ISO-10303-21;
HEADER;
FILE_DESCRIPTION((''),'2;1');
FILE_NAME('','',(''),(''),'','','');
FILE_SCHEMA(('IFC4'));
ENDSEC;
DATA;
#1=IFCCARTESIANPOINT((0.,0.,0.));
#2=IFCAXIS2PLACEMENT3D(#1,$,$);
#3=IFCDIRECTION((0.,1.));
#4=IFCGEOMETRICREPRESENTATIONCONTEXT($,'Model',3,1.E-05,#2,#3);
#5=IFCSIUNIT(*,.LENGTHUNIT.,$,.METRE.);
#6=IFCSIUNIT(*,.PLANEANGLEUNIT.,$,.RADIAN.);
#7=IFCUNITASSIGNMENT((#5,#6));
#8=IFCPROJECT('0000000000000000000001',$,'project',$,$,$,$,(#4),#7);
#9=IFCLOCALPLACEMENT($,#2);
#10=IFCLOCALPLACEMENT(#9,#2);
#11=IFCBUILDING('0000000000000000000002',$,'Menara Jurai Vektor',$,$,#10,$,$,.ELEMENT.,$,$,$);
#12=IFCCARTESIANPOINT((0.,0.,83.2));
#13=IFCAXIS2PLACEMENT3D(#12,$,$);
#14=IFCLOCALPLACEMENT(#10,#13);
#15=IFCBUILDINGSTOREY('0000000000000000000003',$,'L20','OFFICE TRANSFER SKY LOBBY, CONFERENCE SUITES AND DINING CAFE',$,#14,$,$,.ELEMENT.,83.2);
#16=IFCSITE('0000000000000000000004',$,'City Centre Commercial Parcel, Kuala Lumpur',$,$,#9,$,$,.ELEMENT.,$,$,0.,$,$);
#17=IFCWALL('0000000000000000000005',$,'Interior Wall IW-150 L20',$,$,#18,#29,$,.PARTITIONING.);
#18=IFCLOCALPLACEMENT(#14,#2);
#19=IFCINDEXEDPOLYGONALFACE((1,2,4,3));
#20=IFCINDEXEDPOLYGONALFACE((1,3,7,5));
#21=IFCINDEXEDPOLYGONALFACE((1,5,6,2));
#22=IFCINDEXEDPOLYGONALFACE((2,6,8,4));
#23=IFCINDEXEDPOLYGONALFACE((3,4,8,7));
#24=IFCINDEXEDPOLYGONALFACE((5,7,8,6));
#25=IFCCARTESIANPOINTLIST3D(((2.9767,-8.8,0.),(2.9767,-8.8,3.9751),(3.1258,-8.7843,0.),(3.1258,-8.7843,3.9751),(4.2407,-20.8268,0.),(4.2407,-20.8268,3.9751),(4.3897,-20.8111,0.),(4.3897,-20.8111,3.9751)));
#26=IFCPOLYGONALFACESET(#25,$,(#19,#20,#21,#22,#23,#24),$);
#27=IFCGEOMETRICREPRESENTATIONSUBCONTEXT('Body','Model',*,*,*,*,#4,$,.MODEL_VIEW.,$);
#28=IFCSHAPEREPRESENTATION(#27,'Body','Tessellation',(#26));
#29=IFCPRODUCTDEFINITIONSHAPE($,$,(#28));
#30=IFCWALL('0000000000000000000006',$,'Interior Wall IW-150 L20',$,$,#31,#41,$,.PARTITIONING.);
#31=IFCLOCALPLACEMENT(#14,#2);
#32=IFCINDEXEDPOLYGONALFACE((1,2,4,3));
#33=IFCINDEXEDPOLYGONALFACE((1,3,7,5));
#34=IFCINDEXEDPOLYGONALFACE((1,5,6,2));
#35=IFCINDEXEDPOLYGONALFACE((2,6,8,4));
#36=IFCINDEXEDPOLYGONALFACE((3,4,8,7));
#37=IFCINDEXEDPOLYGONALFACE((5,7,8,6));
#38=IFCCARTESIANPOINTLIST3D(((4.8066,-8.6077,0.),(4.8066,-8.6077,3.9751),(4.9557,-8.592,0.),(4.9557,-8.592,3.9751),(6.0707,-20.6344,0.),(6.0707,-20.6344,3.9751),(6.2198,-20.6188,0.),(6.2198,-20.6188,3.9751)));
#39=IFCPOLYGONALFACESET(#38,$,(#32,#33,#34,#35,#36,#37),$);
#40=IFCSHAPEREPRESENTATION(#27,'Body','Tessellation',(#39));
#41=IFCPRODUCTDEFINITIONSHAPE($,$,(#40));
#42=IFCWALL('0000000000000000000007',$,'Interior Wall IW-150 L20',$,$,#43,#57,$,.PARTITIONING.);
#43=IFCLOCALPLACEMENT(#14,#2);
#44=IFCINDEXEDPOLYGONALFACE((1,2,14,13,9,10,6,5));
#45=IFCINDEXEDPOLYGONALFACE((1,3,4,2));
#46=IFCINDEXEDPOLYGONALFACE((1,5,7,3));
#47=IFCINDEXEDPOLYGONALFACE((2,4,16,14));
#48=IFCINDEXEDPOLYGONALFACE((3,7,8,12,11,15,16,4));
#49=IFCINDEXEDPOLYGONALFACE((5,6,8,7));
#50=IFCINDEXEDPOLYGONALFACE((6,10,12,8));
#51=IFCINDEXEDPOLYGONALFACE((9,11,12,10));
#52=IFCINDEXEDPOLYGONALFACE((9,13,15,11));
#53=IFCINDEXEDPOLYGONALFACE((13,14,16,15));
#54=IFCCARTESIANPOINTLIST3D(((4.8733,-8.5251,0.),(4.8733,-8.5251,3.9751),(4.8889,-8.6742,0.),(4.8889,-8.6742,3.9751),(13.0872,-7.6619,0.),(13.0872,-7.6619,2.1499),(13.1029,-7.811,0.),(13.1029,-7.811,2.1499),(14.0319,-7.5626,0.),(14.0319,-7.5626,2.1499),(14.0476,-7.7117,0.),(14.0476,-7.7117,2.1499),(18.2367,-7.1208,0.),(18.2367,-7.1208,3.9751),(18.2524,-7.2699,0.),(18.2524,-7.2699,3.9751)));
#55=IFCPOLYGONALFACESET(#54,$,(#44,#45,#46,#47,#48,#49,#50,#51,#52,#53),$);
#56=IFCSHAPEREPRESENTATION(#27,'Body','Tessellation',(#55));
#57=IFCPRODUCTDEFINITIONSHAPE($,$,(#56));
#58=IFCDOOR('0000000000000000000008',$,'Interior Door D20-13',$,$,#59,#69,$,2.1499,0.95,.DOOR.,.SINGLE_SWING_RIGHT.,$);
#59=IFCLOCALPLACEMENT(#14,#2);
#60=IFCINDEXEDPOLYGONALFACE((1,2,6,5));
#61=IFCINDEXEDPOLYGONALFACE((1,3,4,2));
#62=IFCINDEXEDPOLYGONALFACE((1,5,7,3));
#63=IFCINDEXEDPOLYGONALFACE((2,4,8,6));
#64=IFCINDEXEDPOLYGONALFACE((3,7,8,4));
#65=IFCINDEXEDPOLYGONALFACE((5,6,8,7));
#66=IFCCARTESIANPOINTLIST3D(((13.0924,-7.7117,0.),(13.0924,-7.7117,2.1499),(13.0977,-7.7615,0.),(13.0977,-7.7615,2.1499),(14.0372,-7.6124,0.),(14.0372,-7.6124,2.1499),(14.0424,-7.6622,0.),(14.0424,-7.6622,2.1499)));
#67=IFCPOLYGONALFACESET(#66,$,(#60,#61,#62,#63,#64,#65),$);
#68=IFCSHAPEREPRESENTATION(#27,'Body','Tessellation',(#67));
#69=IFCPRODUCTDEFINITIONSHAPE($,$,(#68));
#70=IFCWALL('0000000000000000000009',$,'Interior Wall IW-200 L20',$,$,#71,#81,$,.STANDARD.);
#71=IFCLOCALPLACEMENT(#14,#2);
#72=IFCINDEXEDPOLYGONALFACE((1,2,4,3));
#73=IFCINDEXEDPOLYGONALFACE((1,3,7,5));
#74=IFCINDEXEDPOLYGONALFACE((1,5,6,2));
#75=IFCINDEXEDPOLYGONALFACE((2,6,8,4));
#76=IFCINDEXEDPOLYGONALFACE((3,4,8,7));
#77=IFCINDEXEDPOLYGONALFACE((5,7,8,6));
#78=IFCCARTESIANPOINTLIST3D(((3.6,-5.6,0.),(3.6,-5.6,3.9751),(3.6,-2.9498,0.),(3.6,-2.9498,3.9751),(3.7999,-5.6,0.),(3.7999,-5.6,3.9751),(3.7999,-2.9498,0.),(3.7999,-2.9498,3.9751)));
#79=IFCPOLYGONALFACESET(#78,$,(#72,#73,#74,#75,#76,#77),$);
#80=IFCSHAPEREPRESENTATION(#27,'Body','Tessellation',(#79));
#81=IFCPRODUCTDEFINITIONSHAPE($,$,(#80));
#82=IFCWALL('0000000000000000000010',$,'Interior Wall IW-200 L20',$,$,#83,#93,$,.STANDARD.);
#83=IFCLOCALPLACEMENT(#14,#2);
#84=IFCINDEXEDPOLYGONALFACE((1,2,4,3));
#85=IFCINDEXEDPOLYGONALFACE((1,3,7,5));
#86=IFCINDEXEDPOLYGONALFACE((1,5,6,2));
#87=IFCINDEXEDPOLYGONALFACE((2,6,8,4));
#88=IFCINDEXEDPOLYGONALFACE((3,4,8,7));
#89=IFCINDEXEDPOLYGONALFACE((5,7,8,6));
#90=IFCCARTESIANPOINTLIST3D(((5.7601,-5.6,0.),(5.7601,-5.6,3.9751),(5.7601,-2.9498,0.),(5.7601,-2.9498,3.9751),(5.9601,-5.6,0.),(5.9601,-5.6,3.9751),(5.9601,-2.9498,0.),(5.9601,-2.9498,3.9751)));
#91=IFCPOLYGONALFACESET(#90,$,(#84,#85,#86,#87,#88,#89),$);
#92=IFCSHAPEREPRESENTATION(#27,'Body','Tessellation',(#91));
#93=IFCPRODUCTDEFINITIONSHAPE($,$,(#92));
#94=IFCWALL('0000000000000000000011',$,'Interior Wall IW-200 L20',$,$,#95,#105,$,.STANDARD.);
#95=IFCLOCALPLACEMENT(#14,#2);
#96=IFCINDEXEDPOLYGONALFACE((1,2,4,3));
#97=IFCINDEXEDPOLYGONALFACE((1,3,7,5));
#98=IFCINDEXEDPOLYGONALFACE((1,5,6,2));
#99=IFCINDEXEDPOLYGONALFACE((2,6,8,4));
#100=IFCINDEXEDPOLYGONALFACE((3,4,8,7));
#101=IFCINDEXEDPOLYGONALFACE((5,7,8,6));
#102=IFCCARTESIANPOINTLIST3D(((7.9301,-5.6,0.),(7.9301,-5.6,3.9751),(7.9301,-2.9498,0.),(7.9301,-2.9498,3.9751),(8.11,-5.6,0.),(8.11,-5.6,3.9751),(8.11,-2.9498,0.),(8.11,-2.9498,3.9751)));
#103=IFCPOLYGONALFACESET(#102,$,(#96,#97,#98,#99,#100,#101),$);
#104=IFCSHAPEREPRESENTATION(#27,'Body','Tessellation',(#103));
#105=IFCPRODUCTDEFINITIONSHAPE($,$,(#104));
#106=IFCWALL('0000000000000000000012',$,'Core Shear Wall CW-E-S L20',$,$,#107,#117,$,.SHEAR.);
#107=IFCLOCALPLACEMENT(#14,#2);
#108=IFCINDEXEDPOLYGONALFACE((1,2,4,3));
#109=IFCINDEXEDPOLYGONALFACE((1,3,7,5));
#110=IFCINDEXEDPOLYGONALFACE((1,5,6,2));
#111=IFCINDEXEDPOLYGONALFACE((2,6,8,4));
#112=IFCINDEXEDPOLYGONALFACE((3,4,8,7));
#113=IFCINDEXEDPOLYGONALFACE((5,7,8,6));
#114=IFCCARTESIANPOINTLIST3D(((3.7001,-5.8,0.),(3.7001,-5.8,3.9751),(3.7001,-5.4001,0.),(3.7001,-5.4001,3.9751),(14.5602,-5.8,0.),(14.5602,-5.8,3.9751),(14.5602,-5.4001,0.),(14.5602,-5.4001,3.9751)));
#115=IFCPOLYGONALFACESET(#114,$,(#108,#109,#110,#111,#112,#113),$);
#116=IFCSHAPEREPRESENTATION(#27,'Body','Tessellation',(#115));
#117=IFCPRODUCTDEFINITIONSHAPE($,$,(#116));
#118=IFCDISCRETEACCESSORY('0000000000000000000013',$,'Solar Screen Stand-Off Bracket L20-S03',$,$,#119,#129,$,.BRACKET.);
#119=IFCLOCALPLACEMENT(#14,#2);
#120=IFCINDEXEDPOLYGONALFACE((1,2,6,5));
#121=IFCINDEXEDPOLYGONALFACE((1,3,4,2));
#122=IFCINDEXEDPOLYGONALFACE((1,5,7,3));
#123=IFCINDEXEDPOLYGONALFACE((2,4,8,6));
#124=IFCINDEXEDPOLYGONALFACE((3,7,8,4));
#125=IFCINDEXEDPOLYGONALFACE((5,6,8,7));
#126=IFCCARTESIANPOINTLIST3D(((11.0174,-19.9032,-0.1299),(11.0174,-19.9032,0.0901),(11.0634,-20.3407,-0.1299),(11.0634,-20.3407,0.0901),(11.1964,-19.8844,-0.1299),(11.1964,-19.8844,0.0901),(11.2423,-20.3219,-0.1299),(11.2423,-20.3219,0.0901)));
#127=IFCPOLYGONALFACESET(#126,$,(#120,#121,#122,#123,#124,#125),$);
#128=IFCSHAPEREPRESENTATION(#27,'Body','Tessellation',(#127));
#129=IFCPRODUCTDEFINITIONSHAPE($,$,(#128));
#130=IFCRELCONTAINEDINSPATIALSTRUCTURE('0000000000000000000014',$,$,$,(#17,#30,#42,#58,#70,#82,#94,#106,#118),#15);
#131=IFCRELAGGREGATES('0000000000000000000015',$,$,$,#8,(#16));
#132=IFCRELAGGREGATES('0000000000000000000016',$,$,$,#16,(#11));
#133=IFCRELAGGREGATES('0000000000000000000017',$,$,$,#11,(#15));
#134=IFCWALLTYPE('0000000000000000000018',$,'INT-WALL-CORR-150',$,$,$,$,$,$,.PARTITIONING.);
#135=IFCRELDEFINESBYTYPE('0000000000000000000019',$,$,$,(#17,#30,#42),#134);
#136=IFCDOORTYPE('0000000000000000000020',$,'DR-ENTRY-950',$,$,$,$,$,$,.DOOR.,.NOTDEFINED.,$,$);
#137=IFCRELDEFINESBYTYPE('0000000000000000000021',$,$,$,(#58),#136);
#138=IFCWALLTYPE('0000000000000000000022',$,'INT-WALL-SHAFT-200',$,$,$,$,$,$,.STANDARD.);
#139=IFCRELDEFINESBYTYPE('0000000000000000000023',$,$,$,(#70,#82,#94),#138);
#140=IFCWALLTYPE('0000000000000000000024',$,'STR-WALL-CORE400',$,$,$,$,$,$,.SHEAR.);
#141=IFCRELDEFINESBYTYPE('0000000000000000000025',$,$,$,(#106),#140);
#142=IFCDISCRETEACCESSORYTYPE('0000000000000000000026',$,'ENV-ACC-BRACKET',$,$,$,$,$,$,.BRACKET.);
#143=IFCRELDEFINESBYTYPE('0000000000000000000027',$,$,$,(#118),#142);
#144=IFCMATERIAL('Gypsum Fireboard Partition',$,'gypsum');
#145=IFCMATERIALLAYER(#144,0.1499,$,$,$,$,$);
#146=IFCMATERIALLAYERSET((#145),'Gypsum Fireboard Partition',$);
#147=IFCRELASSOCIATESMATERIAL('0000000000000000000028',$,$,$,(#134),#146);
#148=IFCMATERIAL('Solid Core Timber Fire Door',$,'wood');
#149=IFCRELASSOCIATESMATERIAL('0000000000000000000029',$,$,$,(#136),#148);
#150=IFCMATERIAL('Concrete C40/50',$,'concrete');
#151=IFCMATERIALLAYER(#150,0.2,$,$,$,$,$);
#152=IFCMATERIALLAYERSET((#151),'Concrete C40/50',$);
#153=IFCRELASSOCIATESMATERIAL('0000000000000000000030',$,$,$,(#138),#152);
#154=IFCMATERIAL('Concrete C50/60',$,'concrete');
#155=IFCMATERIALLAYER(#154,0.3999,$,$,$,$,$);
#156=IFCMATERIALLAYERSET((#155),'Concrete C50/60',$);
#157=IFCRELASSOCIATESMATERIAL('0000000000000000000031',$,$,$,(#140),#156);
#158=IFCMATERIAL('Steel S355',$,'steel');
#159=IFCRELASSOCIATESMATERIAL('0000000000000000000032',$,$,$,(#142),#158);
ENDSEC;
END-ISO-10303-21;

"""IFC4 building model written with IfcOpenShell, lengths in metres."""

from ifc_helpers import new_model, si_unit, direction, frame, frame_2d, origin, origin_2d, place, context, subcontext, project, spatial, rectangle, extrude, material, layer, layer_set, type_object, element, fill, save


model = new_model("IFC4")

# Units and contexts
model_context = context("Model", 3, precision=1e-05, world=origin(), true_north=direction((0.0, 1.0)))
body_context = subcontext(model_context, "Body", "Model", "MODEL_VIEW")
ifc_project = project(units=[si_unit("LENGTHUNIT", "METRE"), si_unit("PLANEANGLEUNIT", "RADIAN")], contexts=[model_context])

# Site, building, storey
site_placement = place(None, origin())
site = spatial("IfcSite", under=ifc_project, at=site_placement, Name="City Centre Commercial Parcel, Kuala Lumpur", CompositionType="ELEMENT", RefElevation=0.0)
building_placement = place(site_placement, origin())
building = spatial("IfcBuilding", under=site, at=building_placement, Name="Menara Jurai Vektor", CompositionType="ELEMENT")
storey_placement = place(building_placement, frame((0.0, 0.0, 83.2)))
storey = spatial("IfcBuildingStorey", under=building, at=storey_placement, Name="L20", Description="OFFICE TRANSFER SKY LOBBY, CONFERENCE SUITES AND DINING CAFE", CompositionType="ELEMENT", Elevation=83.2)

# Shared definitions
ifc_material_1 = material(Name="Concrete C50/60", Category="concrete")

# Shared definitions
ifc_material_2 = material(Name="Steel S355", Category="steel")

# Walls
ifc_material_3 = material(Name="Gypsum Fireboard Partition", Category="gypsum")
ifc_layer_1 = layer(ifc_material_3, 0.1499)
ifc_layer_set_1 = layer_set([ifc_layer_1], Name="Gypsum Fireboard Partition")
wall_type_1 = type_object("IfcWallType", Name="INT-WALL-CORR-150", PredefinedType="PARTITIONING", material=ifc_layer_set_1)
for number, where, z_axis, x_axis, name in (
    (1, (4.3152, -20.8188, 0.0), (0.0, 0.0, 1.0), (-0.104516, 0.994523, 0.0), "Interior Wall IW-150 L20"),
    (2, (6.1453, -20.6265, 0.0), (0.0, 0.0, 1.0), (-0.104536, 0.994521, 0.0), "Interior Wall IW-150 L20"),
):
    element("IfcWall", number, at=place(storey_placement, frame(where, z_axis=z_axis, x_axis=x_axis)), inside=storey, type_object=wall_type_1, Name=name, PredefinedType="PARTITIONING", context=body_context, shape_type="SweptSolid", body=[
        extrude(rectangle(XDim=12.093, YDim=0.1499, at=frame_2d((6.0464, 0.0))), origin(), (0.0, 0.0, 1.0), 3.9751),
    ])

# Wall, opening, door
wall_1_placement = place(storey_placement, frame((4.8811, -8.5996, 0.0), z_axis=(0.0, 0.0, 1.0), x_axis=(0.994524, 0.104509, 0.0)))
wall_1 = element("IfcWall", 3, at=wall_1_placement, inside=storey, type_object=wall_type_1, Name="Interior Wall IW-150 L20", PredefinedType="PARTITIONING", context=body_context, shape_type="SweptSolid", body=[
    extrude(rectangle(XDim=13.437, YDim=0.1499, at=frame_2d((6.7185, 0.0))), origin(), (0.0, 0.0, 1.0), 3.9751),
])
opening_placement = place(wall_1_placement, frame((8.259, 0.0, 0.0)))
opening = element("IfcOpeningElement", 4, at=opening_placement, cuts=wall_1, PredefinedType="OPENING", context=body_context, shape_type="SweptSolid", body=[
    extrude(rectangle(XDim=0.95, YDim=2.1499, at=frame_2d((0.4751, 1.075))), frame((0.0, 0.085, 0.0), z_axis=(0.0, -1.0, 0.0), x_axis=(1.0, 0.0, 0.0)), (0.0, 0.0, 1.0), 0.1699),
])
ifc_material_4 = material(Name="Solid Core Timber Fire Door", Category="wood")
door_type = type_object("IfcDoorType", Name="DR-ENTRY-950", OperationType="NOTDEFINED", PredefinedType="DOOR", material=ifc_material_4)
door_placement = place(opening_placement, origin())
door = element("IfcDoor", 5, at=door_placement, inside=storey, type_object=door_type, Name="Interior Door D20-13", OperationType="SINGLE_SWING_RIGHT", OverallHeight=2.1499, OverallWidth=0.95, PredefinedType="DOOR", context=body_context, shape_type="SweptSolid", body=[
    extrude(rectangle(XDim=0.95, YDim=2.1499, at=frame_2d((0.4751, 1.075))), frame((0.0, 0.0249, 0.0), z_axis=(0.0, -1.0, 0.0), x_axis=(1.0, 0.0, 0.0)), (0.0, 0.0, 1.0), 0.05),
])
fill(opening, door)

# Walls
ifc_material_5 = material(Name="Concrete C40/50", Category="concrete")
ifc_layer_2 = layer(ifc_material_5, 0.2)
ifc_layer_set_2 = layer_set([ifc_layer_2], Name="Concrete C40/50")
wall_type_2 = type_object("IfcWallType", Name="INT-WALL-SHAFT-200", PredefinedType="STANDARD", material=ifc_layer_set_2)
for number, where, z_axis, x_axis, name in (
    (6, (3.7, -5.6001, 0.0), (0.0, 0.0, 1.0), (0.0, 1.0, 0.0), "Interior Wall IW-200 L20"),
    (7, (5.8601, -5.6001, 0.0), (0.0, 0.0, 1.0), (0.0, 1.0, 0.0), "Interior Wall IW-200 L20"),
):
    element("IfcWall", number, at=place(storey_placement, frame(where, z_axis=z_axis, x_axis=x_axis)), inside=storey, type_object=wall_type_2, Name=name, PredefinedType="STANDARD", context=body_context, shape_type="SweptSolid", body=[
        extrude(rectangle(XDim=2.6501, YDim=0.2, at=frame_2d((1.3252, 0.0))), origin(), (0.0, 0.0, 1.0), 3.9751),
    ])
wall_2_placement = place(storey_placement, frame((8.02, -5.6001, 0.0), z_axis=(0.0, 0.0, 1.0), x_axis=(0.0, 1.0, 0.0)))
element("IfcWall", 8, at=wall_2_placement, inside=storey, type_object=wall_type_2, Name="Interior Wall IW-200 L20", PredefinedType="STANDARD", context=body_context, shape_type="SweptSolid", body=[
    extrude(rectangle(XDim=2.6501, YDim=0.1799, at=frame_2d((1.3252, 0.0))), origin(), (0.0, 0.0, 1.0), 3.9751),
])
ifc_layer_3 = layer(ifc_material_1, 0.3999)
ifc_layer_set_3 = layer_set([ifc_layer_3], Name="Concrete C50/60")
wall_type_3 = type_object("IfcWallType", Name="STR-WALL-CORE400", PredefinedType="SHEAR", material=ifc_layer_set_3)
wall_3_placement = place(storey_placement, frame((3.7, -5.6001, 0.0), z_axis=(0.0, 0.0, 1.0), x_axis=(1.0, 0.0, 0.0)))
element("IfcWall", 9, at=wall_3_placement, inside=storey, type_object=wall_type_3, Name="Core Shear Wall CW-E-S L20", PredefinedType="SHEAR", context=body_context, shape_type="SweptSolid", body=[
    extrude(rectangle(XDim=10.8601, YDim=0.3999, at=frame_2d((5.4302, 0.0))), origin(), (0.0, 0.0, 1.0), 3.9751),
])

# Discrete accessory
discrete_accessory_type = type_object("IfcDiscreteAccessoryType", Name="ENV-ACC-BRACKET", PredefinedType="BRACKET", material=ifc_material_2)
discrete_accessory_placement = place(storey_placement, frame((11.1299, -20.1125, -0.1299), z_axis=(0.0, 0.0, 1.0), x_axis=(0.994522, 0.104528, 0.0)))
element("IfcDiscreteAccessory", 10, at=discrete_accessory_placement, inside=storey, type_object=discrete_accessory_type, Name="Solar Screen Stand-Off Bracket L20-S03", PredefinedType="BRACKET", context=body_context, shape_type="SweptSolid", body=[
    extrude(rectangle(XDim=0.1799, YDim=0.4399, at=origin_2d()), origin(), (0.0, 0.0, 1.0), 0.22),
])

save(model, "model.ifc")
